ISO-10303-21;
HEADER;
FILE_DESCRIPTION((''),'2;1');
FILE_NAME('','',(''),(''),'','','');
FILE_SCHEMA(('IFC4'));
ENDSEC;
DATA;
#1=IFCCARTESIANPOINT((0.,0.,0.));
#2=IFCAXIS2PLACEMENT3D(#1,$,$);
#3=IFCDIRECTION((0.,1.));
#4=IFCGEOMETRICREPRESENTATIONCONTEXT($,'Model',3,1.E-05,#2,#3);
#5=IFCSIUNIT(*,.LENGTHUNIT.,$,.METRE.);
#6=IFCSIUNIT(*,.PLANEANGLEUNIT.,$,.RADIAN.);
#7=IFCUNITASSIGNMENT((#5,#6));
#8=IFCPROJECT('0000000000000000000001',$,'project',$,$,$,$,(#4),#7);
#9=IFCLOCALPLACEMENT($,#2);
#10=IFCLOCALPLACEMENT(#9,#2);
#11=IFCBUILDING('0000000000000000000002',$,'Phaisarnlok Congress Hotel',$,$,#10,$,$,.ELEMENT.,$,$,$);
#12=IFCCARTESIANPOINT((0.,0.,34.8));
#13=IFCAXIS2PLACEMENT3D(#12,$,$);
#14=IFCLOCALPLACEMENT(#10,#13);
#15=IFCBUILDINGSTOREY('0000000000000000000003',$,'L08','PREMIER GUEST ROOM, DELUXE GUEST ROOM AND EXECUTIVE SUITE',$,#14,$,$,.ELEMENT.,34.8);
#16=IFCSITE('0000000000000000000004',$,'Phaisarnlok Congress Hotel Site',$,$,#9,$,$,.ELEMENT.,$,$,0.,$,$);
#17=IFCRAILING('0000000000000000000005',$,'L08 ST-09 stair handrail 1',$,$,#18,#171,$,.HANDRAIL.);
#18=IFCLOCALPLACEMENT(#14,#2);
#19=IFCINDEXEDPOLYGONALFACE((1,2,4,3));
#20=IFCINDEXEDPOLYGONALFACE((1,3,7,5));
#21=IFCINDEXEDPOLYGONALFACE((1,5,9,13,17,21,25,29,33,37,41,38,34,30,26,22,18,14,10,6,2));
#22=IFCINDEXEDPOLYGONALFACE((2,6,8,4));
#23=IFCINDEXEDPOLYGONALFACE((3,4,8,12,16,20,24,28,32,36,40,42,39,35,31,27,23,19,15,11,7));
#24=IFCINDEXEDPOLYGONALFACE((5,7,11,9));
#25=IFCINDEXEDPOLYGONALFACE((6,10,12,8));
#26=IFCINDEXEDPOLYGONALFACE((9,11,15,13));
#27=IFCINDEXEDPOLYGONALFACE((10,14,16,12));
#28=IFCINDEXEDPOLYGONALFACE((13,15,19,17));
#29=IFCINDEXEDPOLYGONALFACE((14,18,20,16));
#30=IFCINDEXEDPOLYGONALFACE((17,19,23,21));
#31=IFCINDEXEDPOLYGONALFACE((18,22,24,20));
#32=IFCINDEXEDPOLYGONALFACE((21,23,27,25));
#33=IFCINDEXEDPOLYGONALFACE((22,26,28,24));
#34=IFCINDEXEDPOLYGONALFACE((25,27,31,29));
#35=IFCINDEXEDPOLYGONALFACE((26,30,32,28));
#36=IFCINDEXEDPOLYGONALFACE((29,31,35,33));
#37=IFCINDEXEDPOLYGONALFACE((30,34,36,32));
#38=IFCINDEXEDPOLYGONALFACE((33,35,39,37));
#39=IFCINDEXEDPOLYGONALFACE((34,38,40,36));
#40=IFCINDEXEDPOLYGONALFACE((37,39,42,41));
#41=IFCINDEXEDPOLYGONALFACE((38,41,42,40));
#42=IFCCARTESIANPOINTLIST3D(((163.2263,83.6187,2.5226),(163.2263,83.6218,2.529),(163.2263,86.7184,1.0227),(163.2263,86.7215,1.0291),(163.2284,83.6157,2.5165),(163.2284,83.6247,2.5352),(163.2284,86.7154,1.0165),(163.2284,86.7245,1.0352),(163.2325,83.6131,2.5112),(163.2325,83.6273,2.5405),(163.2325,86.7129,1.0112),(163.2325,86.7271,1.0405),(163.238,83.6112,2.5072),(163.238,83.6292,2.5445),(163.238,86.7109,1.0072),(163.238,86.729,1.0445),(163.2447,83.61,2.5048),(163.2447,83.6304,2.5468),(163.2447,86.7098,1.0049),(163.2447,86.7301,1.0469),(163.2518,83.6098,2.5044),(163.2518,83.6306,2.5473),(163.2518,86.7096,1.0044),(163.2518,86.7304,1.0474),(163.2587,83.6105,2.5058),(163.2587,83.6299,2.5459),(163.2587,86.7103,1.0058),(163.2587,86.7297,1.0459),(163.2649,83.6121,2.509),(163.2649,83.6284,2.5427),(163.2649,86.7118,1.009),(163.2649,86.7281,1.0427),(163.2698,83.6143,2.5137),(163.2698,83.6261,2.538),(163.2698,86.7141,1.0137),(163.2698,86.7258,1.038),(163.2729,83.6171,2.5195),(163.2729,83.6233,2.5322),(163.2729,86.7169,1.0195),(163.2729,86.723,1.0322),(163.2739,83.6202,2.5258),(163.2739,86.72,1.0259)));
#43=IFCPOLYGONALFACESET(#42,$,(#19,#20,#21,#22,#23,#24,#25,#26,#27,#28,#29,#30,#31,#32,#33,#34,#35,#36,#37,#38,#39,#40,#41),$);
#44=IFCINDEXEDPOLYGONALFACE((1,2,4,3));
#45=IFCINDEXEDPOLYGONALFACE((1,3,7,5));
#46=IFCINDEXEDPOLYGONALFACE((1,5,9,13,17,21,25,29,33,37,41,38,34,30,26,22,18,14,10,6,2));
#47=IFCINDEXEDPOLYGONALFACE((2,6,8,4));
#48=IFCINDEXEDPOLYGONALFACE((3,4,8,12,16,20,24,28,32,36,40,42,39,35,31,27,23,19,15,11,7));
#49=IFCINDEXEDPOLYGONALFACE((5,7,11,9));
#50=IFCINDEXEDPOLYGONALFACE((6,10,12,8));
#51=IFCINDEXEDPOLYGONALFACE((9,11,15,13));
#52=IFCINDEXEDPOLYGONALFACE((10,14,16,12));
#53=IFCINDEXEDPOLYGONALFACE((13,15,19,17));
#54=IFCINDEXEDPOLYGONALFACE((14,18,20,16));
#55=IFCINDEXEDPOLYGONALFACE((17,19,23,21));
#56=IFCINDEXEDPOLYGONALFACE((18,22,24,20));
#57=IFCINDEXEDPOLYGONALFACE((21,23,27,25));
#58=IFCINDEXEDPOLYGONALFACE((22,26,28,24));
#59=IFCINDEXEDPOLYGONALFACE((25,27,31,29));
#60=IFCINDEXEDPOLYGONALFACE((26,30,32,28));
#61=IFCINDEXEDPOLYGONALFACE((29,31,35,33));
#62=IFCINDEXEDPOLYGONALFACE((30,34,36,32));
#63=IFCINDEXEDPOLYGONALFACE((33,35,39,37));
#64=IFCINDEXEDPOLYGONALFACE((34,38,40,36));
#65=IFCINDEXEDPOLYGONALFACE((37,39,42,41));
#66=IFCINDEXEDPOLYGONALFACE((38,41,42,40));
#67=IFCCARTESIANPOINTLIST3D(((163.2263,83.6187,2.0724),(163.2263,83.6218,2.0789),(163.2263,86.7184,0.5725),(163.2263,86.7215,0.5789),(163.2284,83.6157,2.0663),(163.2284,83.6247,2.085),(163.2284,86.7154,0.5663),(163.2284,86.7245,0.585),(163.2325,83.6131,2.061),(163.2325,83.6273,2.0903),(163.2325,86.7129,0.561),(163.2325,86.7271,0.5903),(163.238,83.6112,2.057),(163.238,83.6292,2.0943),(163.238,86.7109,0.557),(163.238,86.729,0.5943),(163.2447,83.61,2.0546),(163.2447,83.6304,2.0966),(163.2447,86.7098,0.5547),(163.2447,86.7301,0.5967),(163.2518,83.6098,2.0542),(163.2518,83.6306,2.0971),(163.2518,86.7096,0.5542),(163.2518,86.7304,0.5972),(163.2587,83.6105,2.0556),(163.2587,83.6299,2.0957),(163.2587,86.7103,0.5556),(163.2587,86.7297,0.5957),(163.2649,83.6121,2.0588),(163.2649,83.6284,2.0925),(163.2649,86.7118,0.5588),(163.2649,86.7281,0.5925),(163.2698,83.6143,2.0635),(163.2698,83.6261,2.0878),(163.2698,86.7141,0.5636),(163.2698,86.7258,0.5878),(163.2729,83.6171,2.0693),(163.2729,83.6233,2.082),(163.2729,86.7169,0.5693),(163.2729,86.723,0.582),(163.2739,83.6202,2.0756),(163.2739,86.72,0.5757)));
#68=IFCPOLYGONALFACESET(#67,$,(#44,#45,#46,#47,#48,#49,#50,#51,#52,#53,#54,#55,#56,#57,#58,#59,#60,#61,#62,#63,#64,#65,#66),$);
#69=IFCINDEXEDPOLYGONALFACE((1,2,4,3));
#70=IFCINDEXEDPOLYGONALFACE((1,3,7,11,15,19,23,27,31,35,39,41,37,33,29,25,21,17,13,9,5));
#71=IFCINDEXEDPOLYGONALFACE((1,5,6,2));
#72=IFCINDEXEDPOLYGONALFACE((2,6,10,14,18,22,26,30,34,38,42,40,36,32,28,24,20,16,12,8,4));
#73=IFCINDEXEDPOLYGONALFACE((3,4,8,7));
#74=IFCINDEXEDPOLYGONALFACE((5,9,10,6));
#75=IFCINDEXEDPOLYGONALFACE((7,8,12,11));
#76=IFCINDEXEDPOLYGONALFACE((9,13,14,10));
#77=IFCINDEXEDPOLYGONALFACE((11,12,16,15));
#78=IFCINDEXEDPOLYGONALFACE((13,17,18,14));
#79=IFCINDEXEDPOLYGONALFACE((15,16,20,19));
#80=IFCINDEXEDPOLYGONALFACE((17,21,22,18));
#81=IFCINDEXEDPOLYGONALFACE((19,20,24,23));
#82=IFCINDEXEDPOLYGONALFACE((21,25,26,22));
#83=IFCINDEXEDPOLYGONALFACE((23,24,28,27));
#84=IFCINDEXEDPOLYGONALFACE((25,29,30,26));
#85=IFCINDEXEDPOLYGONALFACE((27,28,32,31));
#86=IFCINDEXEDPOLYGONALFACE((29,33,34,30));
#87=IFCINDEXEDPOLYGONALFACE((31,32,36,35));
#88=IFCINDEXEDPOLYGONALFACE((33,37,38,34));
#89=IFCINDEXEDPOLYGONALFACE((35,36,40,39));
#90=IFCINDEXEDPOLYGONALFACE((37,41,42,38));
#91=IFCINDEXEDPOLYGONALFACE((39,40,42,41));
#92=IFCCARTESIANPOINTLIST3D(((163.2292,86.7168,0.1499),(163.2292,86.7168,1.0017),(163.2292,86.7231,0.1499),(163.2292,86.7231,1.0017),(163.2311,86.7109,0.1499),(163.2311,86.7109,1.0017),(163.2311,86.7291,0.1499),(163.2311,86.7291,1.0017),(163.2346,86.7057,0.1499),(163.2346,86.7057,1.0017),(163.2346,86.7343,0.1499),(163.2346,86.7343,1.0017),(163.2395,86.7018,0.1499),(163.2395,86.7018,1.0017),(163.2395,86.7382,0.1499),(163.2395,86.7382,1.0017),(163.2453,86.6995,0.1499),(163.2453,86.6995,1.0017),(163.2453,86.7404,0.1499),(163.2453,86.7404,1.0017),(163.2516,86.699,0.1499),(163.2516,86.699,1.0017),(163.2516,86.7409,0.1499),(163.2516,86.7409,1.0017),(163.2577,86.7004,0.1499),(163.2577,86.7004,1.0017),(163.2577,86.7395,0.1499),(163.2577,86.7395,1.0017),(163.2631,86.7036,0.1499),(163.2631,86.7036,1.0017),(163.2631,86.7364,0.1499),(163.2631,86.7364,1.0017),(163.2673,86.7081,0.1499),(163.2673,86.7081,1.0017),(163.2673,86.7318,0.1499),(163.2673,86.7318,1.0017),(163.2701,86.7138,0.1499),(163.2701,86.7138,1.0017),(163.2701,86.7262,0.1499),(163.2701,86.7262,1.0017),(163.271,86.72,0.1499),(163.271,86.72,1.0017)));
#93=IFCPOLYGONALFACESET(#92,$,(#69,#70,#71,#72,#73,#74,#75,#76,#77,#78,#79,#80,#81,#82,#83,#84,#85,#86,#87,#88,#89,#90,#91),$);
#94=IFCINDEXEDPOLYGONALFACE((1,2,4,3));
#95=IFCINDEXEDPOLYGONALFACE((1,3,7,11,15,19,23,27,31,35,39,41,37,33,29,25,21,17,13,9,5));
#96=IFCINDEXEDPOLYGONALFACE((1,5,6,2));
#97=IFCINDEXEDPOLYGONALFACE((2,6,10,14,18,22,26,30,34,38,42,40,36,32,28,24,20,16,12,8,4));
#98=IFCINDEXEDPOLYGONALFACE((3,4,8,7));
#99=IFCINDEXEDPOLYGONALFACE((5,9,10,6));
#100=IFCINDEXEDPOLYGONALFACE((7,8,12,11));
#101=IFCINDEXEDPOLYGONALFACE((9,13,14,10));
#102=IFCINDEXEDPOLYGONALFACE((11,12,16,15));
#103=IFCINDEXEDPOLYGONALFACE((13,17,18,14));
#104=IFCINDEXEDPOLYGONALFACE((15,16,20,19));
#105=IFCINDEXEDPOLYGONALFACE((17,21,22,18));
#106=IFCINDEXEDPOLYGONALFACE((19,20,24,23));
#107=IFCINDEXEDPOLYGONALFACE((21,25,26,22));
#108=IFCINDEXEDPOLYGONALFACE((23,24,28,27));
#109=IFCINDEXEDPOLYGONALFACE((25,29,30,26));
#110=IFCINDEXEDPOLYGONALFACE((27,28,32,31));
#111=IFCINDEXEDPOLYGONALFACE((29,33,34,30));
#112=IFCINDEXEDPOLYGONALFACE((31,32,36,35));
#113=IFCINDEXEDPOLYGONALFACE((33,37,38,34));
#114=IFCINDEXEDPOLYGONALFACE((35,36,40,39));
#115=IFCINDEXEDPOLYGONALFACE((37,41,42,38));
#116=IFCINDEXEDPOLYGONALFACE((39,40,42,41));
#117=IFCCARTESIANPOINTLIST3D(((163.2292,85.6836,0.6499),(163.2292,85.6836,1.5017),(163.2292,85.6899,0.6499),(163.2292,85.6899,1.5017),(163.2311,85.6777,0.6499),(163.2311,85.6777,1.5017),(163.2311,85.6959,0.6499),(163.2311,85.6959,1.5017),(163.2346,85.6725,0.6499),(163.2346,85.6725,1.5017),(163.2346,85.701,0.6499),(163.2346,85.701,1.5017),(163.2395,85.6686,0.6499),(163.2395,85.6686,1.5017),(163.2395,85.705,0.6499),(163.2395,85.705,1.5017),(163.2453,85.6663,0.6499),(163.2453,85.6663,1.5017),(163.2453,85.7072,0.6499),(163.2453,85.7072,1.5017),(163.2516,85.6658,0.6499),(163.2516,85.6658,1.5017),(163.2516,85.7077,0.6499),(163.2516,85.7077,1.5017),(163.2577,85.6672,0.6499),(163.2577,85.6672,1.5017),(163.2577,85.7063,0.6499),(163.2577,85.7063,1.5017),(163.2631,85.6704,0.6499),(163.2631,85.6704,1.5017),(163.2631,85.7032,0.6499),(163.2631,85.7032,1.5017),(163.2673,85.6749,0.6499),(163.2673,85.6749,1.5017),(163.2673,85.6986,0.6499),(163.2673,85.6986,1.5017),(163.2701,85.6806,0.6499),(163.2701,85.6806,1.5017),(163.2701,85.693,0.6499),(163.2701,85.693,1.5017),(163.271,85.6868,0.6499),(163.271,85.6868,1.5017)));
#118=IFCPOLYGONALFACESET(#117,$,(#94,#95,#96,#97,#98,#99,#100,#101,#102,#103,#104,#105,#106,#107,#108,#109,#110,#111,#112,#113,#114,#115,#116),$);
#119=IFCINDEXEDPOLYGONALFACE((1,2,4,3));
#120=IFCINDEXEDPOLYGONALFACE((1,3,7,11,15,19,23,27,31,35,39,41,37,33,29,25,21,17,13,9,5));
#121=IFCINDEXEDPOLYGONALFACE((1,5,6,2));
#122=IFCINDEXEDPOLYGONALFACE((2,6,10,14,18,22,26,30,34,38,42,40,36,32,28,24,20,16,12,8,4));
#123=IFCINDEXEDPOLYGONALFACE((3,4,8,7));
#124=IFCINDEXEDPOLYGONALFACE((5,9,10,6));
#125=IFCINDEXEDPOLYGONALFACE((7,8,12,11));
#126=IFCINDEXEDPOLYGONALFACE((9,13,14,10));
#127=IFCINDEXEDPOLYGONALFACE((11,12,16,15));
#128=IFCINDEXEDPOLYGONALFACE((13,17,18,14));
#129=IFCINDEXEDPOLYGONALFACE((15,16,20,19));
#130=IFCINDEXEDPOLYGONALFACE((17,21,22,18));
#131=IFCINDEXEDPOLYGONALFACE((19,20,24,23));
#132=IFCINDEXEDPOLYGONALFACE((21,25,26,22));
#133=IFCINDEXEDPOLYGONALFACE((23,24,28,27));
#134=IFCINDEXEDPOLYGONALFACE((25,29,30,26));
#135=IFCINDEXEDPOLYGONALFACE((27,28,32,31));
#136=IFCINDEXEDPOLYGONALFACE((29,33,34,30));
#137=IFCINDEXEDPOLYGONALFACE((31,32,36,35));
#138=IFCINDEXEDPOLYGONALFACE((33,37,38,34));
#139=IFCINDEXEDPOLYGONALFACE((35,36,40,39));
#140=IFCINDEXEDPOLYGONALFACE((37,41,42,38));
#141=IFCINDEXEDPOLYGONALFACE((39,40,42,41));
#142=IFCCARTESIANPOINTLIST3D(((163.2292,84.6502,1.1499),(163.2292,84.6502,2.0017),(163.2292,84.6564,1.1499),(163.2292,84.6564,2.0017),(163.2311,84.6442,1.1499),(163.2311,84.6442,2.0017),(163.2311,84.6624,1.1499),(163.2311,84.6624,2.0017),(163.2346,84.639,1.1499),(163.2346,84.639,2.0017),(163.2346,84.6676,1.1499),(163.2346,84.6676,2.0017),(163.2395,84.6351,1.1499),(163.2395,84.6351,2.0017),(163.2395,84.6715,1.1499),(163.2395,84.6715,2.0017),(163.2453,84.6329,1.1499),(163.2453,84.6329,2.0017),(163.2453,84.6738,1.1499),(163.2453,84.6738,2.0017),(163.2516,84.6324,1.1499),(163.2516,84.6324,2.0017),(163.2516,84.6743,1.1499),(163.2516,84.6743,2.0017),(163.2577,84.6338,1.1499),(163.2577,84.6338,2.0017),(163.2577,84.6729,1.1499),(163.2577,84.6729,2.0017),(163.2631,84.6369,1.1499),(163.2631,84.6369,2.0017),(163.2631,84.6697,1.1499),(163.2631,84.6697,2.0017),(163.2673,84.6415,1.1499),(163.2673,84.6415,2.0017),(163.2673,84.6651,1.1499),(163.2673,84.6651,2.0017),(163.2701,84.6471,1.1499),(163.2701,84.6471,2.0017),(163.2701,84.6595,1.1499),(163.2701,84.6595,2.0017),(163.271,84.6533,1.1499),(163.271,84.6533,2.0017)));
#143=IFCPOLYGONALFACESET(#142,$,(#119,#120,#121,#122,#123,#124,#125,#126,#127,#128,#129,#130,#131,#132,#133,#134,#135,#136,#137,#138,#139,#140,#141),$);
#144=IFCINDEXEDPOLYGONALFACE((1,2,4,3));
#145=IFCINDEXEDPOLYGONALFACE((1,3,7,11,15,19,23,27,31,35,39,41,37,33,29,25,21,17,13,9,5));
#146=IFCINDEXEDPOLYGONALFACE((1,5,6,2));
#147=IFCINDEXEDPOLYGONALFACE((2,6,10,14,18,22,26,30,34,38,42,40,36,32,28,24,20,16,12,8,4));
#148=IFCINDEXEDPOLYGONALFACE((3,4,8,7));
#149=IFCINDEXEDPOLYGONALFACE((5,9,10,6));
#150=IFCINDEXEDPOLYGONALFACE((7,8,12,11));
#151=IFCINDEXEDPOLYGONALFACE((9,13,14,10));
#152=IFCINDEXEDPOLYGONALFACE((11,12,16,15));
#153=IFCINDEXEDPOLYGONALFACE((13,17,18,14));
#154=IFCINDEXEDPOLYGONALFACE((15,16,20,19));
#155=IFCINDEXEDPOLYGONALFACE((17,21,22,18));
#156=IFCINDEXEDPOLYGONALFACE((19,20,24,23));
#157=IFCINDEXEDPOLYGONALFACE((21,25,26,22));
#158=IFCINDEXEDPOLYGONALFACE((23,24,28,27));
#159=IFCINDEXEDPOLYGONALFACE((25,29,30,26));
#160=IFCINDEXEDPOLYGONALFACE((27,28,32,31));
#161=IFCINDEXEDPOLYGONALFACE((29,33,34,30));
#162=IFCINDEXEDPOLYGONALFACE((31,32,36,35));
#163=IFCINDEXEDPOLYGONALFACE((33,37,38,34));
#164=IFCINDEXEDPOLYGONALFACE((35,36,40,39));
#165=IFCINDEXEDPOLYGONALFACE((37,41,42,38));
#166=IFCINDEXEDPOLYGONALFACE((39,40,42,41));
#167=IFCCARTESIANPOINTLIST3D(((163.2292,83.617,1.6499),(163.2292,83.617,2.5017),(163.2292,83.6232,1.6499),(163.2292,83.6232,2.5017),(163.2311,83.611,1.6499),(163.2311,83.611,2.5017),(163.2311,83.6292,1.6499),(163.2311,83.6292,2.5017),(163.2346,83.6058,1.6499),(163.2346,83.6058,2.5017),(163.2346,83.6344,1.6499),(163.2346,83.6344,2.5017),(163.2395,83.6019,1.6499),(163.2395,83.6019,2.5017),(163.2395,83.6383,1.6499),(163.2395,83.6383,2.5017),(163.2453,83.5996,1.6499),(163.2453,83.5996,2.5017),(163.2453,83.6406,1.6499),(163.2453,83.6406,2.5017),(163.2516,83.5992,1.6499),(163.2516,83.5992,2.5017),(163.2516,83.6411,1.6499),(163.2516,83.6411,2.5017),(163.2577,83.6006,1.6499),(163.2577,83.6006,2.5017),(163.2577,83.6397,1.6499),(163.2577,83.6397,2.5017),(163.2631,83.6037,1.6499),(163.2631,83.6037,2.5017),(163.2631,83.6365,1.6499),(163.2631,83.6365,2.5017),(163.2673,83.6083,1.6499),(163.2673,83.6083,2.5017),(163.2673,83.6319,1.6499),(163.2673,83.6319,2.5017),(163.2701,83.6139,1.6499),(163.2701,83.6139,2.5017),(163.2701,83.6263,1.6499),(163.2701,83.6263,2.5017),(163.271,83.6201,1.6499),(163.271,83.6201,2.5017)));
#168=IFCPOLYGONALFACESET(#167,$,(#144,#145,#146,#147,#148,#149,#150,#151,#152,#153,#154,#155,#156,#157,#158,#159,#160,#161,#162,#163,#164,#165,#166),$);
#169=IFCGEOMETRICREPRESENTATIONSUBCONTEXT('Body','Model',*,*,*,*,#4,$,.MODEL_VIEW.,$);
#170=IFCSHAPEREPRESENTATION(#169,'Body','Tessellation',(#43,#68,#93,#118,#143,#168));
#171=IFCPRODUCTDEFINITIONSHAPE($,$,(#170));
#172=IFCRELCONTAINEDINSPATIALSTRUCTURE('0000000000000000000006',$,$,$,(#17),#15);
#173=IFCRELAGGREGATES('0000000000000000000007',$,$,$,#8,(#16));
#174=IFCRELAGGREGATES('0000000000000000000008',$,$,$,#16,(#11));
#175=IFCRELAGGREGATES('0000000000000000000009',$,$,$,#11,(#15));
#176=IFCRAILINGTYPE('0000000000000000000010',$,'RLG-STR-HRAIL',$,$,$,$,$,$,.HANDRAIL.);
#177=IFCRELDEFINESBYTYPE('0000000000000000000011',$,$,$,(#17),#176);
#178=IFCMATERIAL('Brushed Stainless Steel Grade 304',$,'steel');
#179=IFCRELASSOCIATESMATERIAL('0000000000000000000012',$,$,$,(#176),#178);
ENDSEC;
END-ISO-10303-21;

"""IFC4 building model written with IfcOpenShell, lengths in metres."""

from ifc_helpers import new_model, si_unit, direction, frame, origin, origin_2d, place, context, subcontext, project, spatial, circle, extrude, material, type_object, element, save


model = new_model("IFC4")

# Units and contexts
model_context = context("Model", 3, precision=1e-05, world=origin(), true_north=direction((0.0, 1.0)))
body_context = subcontext(model_context, "Body", "Model", "MODEL_VIEW")
ifc_project = project(units=[si_unit("LENGTHUNIT", "METRE"), si_unit("PLANEANGLEUNIT", "RADIAN")], contexts=[model_context])

# Site, building, storey
site_placement = place(None, origin())
site = spatial("IfcSite", under=ifc_project, at=site_placement, Name="Phaisarnlok Congress Hotel Site", CompositionType="ELEMENT", RefElevation=0.0)
building_placement = place(site_placement, origin())
building = spatial("IfcBuilding", under=site, at=building_placement, Name="Phaisarnlok Congress Hotel", CompositionType="ELEMENT")
storey_placement = place(building_placement, frame((0.0, 0.0, 34.8)))
storey = spatial("IfcBuildingStorey", under=building, at=storey_placement, Name="L08", Description="PREMIER GUEST ROOM, DELUXE GUEST ROOM AND EXECUTIVE SUITE", CompositionType="ELEMENT", Elevation=34.8)

# Shared definitions
ifc_material_1 = material(Name="Brushed Stainless Steel Grade 304", Category="steel")

# Railing
railing_type_1 = type_object("IfcRailingType", Name="RLG-STR-HRAIL", PredefinedType="HANDRAIL", material=ifc_material_1)
railing_1_placement = place(storey_placement, frame((163.25, 86.72, 0.1499)))
element("IfcRailing", 1, at=railing_1_placement, inside=storey, type_object=railing_type_1, Name="L08 ST-09 stair handrail 1", PredefinedType="HANDRAIL", context=body_context, shape_type="SweptSolid", body=[
    extrude(circle(Radius=0.0239, at=origin_2d()), frame((0.0, 0.0, 0.876), z_axis=(0.0, -0.900151, 0.435578), x_axis=(1.0, 0.0, 0.0)), (0.0, 0.0, 1.0), 3.4436),
    extrude(circle(Radius=0.0239, at=origin_2d()), frame((0.0, 0.0, 0.4258), z_axis=(0.0, -0.900151, 0.435578), x_axis=(1.0, 0.0, 0.0)), (0.0, 0.0, 1.0), 3.4436),
    extrude(circle(Radius=0.021, at=origin_2d()), origin(), (0.0, 0.0, 1.0), 0.8518),
    extrude(circle(Radius=0.021, at=origin_2d()), frame((0.0, -1.0332, 0.5)), (0.0, 0.0, 1.0), 0.8518),
    extrude(circle(Radius=0.021, at=origin_2d()), frame((0.0, -2.0667, 1.0)), (0.0, 0.0, 1.0), 0.8518),
    extrude(circle(Radius=0.021, at=origin_2d()), frame((0.0, -3.0999, 1.5)), (0.0, 0.0, 1.0), 0.8518),
])

save(model, "model.ifc")
